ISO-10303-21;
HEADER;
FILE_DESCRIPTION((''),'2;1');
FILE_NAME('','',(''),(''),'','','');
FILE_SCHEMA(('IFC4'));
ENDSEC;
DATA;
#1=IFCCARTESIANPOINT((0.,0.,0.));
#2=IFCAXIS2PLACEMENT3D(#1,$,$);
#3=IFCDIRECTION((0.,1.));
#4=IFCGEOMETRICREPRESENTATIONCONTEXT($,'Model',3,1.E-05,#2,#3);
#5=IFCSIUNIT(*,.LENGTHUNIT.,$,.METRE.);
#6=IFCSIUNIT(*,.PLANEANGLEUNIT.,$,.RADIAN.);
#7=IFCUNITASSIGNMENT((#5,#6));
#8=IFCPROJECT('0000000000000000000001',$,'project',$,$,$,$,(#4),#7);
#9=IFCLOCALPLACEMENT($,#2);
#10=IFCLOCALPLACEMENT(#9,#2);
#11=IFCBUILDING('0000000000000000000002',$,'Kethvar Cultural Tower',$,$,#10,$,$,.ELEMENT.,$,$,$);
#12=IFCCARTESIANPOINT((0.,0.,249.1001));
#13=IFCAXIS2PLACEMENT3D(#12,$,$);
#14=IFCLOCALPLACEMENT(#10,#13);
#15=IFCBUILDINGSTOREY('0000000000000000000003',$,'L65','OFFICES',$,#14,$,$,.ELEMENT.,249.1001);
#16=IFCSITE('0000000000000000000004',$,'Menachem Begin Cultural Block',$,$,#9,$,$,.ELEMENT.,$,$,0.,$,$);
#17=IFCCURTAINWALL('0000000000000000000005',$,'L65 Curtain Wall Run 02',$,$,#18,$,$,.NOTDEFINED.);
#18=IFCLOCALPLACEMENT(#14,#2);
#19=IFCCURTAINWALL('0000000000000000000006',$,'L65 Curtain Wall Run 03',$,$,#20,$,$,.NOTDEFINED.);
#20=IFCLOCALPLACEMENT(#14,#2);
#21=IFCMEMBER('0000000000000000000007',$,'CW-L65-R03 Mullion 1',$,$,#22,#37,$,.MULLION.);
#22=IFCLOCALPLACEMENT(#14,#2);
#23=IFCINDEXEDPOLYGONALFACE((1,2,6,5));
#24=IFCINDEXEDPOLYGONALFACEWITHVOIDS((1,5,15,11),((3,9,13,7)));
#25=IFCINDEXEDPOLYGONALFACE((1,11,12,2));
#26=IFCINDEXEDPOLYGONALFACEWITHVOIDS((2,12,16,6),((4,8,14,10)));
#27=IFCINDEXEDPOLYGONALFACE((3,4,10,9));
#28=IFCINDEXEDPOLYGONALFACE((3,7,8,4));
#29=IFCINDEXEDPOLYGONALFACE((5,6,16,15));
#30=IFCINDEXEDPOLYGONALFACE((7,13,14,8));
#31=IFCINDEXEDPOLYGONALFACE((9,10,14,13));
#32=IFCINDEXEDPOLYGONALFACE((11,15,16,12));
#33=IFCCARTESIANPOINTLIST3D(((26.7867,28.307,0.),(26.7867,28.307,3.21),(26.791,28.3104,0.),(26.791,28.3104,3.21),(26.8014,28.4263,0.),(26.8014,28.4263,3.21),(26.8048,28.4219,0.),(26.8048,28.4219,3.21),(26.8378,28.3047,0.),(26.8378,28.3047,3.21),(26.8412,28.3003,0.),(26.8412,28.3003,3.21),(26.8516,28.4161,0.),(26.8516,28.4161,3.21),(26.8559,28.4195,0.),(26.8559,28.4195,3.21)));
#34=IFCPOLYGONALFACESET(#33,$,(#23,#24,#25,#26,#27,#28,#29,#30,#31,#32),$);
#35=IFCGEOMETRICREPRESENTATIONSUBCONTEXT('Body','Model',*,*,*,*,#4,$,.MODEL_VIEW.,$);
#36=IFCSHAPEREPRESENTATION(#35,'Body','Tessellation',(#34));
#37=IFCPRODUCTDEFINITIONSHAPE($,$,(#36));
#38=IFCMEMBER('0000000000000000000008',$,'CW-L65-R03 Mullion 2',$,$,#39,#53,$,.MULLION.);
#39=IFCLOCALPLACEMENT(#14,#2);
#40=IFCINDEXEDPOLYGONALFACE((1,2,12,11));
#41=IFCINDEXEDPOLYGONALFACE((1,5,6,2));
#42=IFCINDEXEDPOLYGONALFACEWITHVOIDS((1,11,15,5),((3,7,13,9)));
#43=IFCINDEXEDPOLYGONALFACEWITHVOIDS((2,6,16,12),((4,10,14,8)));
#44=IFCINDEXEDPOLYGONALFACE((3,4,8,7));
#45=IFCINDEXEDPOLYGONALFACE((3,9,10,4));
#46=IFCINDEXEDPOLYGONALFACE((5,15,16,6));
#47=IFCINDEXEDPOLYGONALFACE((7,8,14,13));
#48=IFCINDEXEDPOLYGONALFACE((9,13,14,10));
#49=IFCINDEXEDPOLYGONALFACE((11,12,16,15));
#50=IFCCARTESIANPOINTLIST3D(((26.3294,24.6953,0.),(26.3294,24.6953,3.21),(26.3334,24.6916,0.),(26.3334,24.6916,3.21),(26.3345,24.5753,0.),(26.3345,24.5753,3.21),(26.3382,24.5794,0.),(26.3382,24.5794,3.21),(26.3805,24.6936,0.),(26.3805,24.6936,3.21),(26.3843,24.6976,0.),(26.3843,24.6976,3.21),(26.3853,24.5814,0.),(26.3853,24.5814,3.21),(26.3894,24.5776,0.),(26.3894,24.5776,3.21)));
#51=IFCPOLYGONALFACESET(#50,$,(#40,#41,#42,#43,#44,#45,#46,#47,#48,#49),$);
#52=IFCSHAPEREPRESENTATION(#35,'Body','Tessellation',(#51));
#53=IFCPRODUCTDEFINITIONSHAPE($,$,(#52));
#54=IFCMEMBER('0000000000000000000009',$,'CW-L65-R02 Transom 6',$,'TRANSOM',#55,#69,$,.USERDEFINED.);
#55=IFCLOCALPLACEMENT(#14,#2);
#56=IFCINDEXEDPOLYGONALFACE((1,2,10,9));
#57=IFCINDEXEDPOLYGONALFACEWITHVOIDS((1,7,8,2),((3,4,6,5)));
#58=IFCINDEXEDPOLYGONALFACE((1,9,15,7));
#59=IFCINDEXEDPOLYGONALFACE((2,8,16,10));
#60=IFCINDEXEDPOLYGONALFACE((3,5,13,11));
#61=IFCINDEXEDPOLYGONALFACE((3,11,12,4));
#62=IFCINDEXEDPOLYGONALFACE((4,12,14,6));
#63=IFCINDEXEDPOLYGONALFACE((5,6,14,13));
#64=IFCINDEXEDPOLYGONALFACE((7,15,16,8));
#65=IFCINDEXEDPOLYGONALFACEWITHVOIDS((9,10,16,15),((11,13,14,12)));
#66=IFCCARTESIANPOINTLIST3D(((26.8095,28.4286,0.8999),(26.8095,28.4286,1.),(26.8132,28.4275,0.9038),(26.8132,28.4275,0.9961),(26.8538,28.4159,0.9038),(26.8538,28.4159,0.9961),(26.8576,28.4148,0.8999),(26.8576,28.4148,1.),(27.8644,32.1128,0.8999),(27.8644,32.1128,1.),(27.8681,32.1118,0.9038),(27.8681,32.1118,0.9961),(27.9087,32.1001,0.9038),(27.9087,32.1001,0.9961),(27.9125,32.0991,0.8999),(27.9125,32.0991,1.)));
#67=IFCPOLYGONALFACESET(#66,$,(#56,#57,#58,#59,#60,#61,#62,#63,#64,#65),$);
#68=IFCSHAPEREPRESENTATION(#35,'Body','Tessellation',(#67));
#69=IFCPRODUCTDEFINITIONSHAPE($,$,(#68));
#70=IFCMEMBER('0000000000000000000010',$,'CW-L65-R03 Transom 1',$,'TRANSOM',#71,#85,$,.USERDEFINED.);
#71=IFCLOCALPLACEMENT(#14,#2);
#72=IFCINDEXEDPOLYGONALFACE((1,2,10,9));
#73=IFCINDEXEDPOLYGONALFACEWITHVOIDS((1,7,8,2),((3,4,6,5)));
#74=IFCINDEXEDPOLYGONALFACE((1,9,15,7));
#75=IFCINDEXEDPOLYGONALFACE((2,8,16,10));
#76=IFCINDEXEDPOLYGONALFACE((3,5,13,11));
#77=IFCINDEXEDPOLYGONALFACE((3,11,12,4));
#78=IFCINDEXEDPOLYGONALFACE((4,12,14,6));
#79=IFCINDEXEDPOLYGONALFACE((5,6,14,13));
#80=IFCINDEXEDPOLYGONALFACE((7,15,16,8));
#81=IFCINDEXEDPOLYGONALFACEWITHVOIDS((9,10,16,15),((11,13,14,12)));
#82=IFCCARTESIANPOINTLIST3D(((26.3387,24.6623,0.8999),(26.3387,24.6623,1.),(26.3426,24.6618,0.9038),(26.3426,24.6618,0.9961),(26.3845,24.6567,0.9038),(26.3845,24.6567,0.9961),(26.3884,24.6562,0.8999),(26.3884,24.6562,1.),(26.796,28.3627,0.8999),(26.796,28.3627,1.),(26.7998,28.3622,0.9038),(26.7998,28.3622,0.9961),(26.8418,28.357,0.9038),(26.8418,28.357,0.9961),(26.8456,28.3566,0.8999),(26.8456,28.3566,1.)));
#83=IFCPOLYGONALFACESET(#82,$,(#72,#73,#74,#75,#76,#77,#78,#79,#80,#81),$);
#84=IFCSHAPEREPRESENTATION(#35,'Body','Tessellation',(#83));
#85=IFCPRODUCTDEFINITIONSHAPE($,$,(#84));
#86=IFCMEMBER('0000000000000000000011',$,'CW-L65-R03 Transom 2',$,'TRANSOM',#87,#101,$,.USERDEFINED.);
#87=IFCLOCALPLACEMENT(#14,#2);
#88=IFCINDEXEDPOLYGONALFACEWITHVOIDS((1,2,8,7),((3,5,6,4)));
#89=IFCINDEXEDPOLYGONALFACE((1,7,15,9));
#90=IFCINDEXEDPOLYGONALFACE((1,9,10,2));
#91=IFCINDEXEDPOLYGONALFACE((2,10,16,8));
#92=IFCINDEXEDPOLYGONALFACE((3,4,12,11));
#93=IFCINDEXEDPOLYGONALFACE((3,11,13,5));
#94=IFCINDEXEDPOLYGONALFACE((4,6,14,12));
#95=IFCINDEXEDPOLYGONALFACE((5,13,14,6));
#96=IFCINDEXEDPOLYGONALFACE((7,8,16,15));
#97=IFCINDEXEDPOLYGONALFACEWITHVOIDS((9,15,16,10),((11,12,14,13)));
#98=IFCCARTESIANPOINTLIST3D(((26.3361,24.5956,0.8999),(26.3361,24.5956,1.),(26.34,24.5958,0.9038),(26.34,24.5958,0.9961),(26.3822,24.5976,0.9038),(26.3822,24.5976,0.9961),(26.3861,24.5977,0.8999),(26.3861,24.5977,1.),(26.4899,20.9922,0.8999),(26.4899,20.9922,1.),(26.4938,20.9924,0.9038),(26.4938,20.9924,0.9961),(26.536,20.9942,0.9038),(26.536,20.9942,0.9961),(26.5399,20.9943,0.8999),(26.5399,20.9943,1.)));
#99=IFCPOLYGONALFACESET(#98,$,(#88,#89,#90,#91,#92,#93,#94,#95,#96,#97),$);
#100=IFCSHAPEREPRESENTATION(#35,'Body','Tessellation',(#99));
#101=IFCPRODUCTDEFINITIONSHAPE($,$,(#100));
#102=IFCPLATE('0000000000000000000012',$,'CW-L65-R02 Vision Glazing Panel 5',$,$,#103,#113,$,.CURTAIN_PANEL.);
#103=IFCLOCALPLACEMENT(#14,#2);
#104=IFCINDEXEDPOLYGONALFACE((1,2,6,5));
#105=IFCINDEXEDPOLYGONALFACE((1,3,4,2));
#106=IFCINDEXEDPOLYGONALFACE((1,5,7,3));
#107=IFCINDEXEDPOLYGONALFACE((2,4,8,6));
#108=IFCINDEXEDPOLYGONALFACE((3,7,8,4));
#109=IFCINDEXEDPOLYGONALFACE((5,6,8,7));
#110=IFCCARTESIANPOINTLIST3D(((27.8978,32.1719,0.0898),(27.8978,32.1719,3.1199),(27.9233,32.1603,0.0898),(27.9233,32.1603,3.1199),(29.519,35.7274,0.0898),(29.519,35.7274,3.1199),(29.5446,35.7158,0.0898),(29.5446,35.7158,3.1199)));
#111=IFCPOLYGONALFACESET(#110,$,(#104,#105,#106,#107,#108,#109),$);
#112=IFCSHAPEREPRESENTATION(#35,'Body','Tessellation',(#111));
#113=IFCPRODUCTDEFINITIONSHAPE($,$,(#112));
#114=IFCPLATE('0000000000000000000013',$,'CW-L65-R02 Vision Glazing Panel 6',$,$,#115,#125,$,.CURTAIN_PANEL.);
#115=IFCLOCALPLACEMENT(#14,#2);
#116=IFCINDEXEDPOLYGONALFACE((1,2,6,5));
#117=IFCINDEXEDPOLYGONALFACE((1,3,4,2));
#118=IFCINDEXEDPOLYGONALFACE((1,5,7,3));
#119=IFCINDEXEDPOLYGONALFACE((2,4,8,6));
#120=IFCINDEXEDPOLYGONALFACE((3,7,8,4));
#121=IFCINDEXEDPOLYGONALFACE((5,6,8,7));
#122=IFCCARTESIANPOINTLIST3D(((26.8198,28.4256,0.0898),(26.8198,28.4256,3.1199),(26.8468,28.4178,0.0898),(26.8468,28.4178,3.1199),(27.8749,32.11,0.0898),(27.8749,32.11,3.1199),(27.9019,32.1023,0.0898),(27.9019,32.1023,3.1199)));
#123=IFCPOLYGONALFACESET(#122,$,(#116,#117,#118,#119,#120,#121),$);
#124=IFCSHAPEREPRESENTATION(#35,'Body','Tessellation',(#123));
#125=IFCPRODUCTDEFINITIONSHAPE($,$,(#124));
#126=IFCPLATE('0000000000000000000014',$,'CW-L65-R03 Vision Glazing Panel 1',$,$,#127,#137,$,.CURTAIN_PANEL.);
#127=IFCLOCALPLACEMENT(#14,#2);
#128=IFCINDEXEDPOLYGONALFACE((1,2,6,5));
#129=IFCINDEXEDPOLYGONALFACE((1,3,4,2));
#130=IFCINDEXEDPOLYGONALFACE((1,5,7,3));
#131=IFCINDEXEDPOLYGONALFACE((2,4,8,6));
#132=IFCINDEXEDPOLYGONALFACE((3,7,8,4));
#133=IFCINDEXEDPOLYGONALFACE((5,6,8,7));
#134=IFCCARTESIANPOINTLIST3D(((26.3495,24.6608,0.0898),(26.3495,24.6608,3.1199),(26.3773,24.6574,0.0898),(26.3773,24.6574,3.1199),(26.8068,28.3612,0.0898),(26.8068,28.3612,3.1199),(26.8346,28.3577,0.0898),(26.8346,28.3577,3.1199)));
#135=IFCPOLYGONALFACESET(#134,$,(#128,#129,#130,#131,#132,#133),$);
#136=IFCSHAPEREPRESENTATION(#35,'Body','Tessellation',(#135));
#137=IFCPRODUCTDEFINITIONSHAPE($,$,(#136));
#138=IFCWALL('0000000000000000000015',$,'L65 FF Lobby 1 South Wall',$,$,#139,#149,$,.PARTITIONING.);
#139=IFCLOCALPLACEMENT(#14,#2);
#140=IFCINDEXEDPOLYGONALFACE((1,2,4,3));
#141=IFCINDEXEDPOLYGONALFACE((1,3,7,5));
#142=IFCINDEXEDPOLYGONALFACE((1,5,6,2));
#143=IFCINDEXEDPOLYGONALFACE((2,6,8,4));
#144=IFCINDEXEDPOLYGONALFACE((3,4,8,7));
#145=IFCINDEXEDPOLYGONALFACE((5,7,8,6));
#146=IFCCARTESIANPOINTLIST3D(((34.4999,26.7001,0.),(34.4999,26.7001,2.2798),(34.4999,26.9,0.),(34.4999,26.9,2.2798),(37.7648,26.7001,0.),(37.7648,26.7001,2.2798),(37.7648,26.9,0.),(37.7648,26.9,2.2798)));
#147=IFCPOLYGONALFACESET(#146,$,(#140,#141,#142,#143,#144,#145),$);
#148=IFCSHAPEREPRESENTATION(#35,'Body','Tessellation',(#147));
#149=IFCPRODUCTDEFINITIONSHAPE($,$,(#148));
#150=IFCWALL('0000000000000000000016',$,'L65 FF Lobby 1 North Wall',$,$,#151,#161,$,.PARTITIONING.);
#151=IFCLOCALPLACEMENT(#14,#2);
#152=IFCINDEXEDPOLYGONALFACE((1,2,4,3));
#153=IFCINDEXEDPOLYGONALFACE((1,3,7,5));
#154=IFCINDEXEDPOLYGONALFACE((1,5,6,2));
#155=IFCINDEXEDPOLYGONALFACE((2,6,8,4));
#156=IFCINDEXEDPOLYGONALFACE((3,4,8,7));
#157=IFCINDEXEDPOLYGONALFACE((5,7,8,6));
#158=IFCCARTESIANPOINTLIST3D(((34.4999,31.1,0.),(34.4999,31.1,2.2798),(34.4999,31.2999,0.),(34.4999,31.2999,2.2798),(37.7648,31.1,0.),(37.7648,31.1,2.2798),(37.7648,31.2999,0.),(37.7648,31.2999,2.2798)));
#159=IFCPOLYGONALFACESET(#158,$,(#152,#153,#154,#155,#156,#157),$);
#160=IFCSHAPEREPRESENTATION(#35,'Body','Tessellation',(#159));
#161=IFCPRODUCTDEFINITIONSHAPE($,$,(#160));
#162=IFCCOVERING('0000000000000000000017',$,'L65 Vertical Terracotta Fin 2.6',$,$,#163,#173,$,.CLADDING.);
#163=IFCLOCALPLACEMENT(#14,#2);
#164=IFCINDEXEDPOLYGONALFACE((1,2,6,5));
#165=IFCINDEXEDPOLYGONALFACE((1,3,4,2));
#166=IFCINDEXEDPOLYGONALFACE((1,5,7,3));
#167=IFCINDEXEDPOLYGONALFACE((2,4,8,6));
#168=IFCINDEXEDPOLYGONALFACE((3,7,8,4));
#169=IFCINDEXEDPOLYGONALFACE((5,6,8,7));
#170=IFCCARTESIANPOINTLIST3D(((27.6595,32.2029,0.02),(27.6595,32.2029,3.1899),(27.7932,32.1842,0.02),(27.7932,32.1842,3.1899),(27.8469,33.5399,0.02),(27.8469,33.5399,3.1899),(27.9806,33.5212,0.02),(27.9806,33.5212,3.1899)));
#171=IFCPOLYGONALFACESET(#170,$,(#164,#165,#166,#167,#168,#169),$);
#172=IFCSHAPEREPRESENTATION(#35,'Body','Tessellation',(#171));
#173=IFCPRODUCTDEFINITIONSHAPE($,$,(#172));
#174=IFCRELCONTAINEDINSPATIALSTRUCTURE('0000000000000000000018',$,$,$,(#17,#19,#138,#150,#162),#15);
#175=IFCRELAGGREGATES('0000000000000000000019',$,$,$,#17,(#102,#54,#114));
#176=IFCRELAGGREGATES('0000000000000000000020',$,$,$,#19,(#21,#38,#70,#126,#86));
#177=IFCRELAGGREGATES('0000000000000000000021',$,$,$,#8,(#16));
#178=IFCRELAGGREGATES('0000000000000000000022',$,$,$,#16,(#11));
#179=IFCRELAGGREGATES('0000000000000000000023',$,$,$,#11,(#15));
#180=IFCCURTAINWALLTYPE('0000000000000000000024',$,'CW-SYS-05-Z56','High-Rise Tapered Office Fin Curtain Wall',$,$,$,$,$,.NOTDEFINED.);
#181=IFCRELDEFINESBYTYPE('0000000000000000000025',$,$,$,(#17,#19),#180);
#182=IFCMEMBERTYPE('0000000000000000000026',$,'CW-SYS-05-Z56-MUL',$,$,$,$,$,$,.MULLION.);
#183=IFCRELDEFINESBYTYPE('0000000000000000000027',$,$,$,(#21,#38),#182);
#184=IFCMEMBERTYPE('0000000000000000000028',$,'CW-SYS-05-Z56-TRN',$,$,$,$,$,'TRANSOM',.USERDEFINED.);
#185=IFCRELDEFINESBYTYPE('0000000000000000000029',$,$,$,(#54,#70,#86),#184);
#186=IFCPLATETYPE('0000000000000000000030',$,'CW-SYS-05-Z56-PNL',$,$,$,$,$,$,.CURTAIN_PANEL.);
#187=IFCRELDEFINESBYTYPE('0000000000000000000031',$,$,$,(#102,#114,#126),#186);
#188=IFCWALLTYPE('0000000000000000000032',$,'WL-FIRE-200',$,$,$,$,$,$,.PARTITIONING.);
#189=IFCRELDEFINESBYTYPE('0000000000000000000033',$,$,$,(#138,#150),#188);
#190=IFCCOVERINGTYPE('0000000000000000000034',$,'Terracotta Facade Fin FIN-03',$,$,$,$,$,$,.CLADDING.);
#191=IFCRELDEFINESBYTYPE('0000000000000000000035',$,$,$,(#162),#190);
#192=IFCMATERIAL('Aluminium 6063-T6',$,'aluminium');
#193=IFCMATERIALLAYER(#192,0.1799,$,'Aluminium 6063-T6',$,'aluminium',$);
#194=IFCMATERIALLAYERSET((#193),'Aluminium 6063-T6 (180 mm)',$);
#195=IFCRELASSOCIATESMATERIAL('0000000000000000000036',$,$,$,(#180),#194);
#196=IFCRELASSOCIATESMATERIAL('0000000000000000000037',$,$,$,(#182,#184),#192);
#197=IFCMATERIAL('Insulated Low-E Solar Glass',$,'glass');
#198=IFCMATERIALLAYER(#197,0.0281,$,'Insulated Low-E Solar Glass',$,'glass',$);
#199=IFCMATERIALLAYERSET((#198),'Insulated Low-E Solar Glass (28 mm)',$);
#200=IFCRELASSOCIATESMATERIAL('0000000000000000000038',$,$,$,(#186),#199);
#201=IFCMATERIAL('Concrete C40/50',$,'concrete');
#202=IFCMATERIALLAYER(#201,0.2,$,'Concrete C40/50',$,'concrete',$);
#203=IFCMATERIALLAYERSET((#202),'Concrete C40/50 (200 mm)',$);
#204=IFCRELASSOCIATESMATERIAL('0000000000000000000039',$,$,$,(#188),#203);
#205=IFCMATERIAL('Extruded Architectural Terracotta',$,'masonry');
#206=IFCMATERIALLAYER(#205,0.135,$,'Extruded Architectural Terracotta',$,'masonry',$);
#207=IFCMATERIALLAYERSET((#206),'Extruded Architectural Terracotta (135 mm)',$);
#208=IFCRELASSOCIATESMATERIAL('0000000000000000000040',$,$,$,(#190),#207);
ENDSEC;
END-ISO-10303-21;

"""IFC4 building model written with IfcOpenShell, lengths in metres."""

from ifc_helpers import new_model, si_unit, direction, frame, frame_2d, origin, origin_2d, place, context, subcontext, project, spatial, rectangle, hollow_rectangle, extrude, source, transform, mapped, material, layer, layer_set, material_profile, profile_set, type_object, element, aggregate, save


model = new_model("IFC4")

# Units and contexts
model_context = context("Model", 3, precision=1e-05, world=origin(), true_north=direction((0.0, 1.0)))
body_context = subcontext(model_context, "Body", "Model", "MODEL_VIEW")
ifc_project = project(units=[si_unit("LENGTHUNIT", "METRE"), si_unit("PLANEANGLEUNIT", "RADIAN")], contexts=[model_context])

# Site, building, storey
site_placement = place(None, origin())
site = spatial("IfcSite", under=ifc_project, at=site_placement, Name="Menachem Begin Cultural Block", CompositionType="ELEMENT", RefElevation=0.0)
building_placement = place(site_placement, origin())
building = spatial("IfcBuilding", under=site, at=building_placement, Name="Kethvar Cultural Tower", CompositionType="ELEMENT")
storey_placement = place(building_placement, frame((0.0, 0.0, 249.1001)))
storey = spatial("IfcBuildingStorey", under=building, at=storey_placement, Name="L65", Description="OFFICES", CompositionType="ELEMENT", Elevation=249.1001)

# Curtain walls, members
ifc_material_1 = material(Name="Aluminium 6063-T6", Category="aluminium")
ifc_layer_1 = layer(ifc_material_1, 0.1799, Name="Aluminium 6063-T6", Category="aluminium")
ifc_layer_set_1 = layer_set([ifc_layer_1], Name="Aluminium 6063-T6 (180 mm)")
curtain_wall_type = type_object("IfcCurtainWallType", Name="CW-SYS-05-Z56", Description="High-Rise Tapered Office Fin Curtain Wall", PredefinedType="NOTDEFINED", material=ifc_layer_set_1)
curtain_wall_1_placement = place(storey_placement, origin())
curtain_wall_1 = element("IfcCurtainWall", 1, at=curtain_wall_1_placement, inside=storey, type_object=curtain_wall_type, Name="L65 Curtain Wall Run 02", PredefinedType="NOTDEFINED")
ifc_material_profile_1 = material_profile(ifc_material_1, hollow_rectangle(XDim=0.0549, YDim=0.1201, WallThickness=0.0039, at=origin_2d()), Name="Aluminium 6063-T6 — RHS120x55x4")
ifc_profile_set_1 = profile_set([ifc_material_profile_1], Name="Aluminium 6063-T6 — RHS120x55x4")
member_type_1 = type_object("IfcMemberType", Name="CW-SYS-05-Z56-MUL", PredefinedType="MULLION", material=ifc_profile_set_1)
shared_shape_1 = source(origin(), body_context, "Body", "SweptSolid", [
    extrude(hollow_rectangle(XDim=0.0549, YDim=0.1201, WallThickness=0.0039, at=origin_2d()), origin(), (0.0, 0.0, 1.0), 3.21),
])
curtain_wall_2_placement = place(storey_placement, origin())
curtain_wall_2 = element("IfcCurtainWall", 2, at=curtain_wall_2_placement, inside=storey, type_object=curtain_wall_type, Name="L65 Curtain Wall Run 03", PredefinedType="NOTDEFINED")
member_1_placement = place(storey_placement, frame((26.8213, 28.3633, 0.0), z_axis=(0.0, 0.0, 1.0), x_axis=(0.99245, -0.122649, 0.0)))
member_1 = element("IfcMember", 3, at=member_1_placement, type_object=member_type_1, Name="CW-L65-R03 Mullion 1", PredefinedType="MULLION", context=body_context, shape_type="MappedRepresentation", body=[
    mapped(shared_shape_1, transform((0.0, 0.0, 0.0), scale=1.0)),
])
member_2_placement = place(storey_placement, frame((26.3594, 24.6365, 0.0), z_axis=(0.0, 0.0, 1.0), x_axis=(0.99909, 0.042643, 0.0)))
member_2 = element("IfcMember", 4, at=member_2_placement, type_object=member_type_1, Name="CW-L65-R03 Mullion 2", PredefinedType="MULLION", context=body_context, shape_type="MappedRepresentation", body=[
    mapped(shared_shape_1, transform((0.0, 0.0, 0.0), scale=1.0)),
])

# Members
ifc_material_profile_2 = material_profile(ifc_material_1, hollow_rectangle(XDim=0.05, YDim=0.1001, WallThickness=0.0039, at=origin_2d()), Name="Aluminium 6063-T6 — RHS100x50x4")
ifc_profile_set_2 = profile_set([ifc_material_profile_2], Name="Aluminium 6063-T6 — RHS100x50x4")
member_type_2 = type_object("IfcMemberType", Name="CW-SYS-05-Z56-TRN", ElementType="TRANSOM", PredefinedType="USERDEFINED", material=ifc_profile_set_2)
shared_shape_2 = source(origin(), body_context, "Body", "SweptSolid", [
    extrude(hollow_rectangle(XDim=0.05, YDim=0.1001, WallThickness=0.0039, at=origin_2d()), origin(), (0.0, 0.0, 1.0), 3.8323),
])
member_3_placement = place(storey_placement, frame((27.8884, 32.106, 0.95), z_axis=(-0.275268, -0.961368, 0.0), x_axis=(0.961368, -0.275268, 0.0)))
member_3 = element("IfcMember", 5, at=member_3_placement, type_object=member_type_2, Name="CW-L65-R02 Transom 6", ObjectType="TRANSOM", PredefinedType="USERDEFINED", context=body_context, shape_type="MappedRepresentation", body=[
    mapped(shared_shape_2, transform((0.0, 0.0, 0.0), scale=1.0)),
])
shared_shape_3 = source(origin(), body_context, "Body", "SweptSolid", [
    extrude(hollow_rectangle(XDim=0.05, YDim=0.1001, WallThickness=0.0039, at=origin_2d()), origin(), (0.0, 0.0, 1.0), 3.7285),
])
member_4_placement = place(storey_placement, frame((26.8208, 28.3596, 0.95), z_axis=(-0.12264, -0.992451, 0.0), x_axis=(0.992451, -0.12264, 0.0)))
member_4 = element("IfcMember", 6, at=member_4_placement, type_object=member_type_2, Name="CW-L65-R03 Transom 1", ObjectType="TRANSOM", PredefinedType="USERDEFINED", context=body_context, shape_type="MappedRepresentation", body=[
    mapped(shared_shape_3, transform((0.0, 0.0, 0.0), scale=1.0)),
])
shared_shape_4 = source(origin(), body_context, "Body", "SweptSolid", [
    extrude(hollow_rectangle(XDim=0.05, YDim=0.1001, WallThickness=0.0039, at=origin_2d()), origin(), (0.0, 0.0, 1.0), 3.6067),
])
member_5_placement = place(storey_placement, frame((26.3611, 24.5967, 0.95), z_axis=(0.042644, -0.99909, 0.0), x_axis=(0.99909, 0.042644, 0.0)))
member_5 = element("IfcMember", 7, at=member_5_placement, type_object=member_type_2, Name="CW-L65-R03 Transom 2", ObjectType="TRANSOM", PredefinedType="USERDEFINED", context=body_context, shape_type="MappedRepresentation", body=[
    mapped(shared_shape_4, transform((0.0, 0.0, 0.0), scale=1.0)),
])

# Plates
ifc_material_2 = material(Name="Insulated Low-E Solar Glass", Category="glass")
ifc_layer_2 = layer(ifc_material_2, 0.0281, Name="Insulated Low-E Solar Glass", Category="glass")
ifc_layer_set_2 = layer_set([ifc_layer_2], Name="Insulated Low-E Solar Glass (28 mm)")
plate_type = type_object("IfcPlateType", Name="CW-SYS-05-Z56-PNL", PredefinedType="CURTAIN_PANEL", material=ifc_layer_set_2)
shared_shape_5 = source(origin(), body_context, "Body", "SweptSolid", [
    extrude(rectangle(XDim=3.9077, YDim=0.0281, at=origin_2d()), origin(), (0.0, 0.0, 1.0), 3.03),
])
plate_1_placement = place(storey_placement, frame((28.7212, 33.9438, 0.0898), z_axis=(0.0, 0.0, 1.0), x_axis=(-0.414884, -0.909874, 0.0)))
plate_1 = element("IfcPlate", 8, at=plate_1_placement, type_object=plate_type, Name="CW-L65-R02 Vision Glazing Panel 5", PredefinedType="CURTAIN_PANEL", context=body_context, shape_type="MappedRepresentation", body=[
    mapped(shared_shape_5, transform((0.0, 0.0, 0.0), scale=1.0)),
])
shared_shape_6 = source(origin(), body_context, "Body", "SweptSolid", [
    extrude(rectangle(XDim=3.8325, YDim=0.0281, at=origin_2d()), origin(), (0.0, 0.0, 1.0), 3.03),
])
plate_2_placement = place(storey_placement, frame((27.3608, 30.2639, 0.0898), z_axis=(0.0, 0.0, 1.0), x_axis=(-0.275285, -0.961363, 0.0)))
plate_2 = element("IfcPlate", 9, at=plate_2_placement, type_object=plate_type, Name="CW-L65-R02 Vision Glazing Panel 6", PredefinedType="CURTAIN_PANEL", context=body_context, shape_type="MappedRepresentation", body=[
    mapped(shared_shape_6, transform((0.0, 0.0, 0.0), scale=1.0)),
])
aggregate(curtain_wall_1, [plate_1, member_3, plate_2])
shared_shape_7 = source(origin(), body_context, "Body", "SweptSolid", [
    extrude(rectangle(XDim=3.7285, YDim=0.0281, at=origin_2d()), origin(), (0.0, 0.0, 1.0), 3.03),
])
plate_3_placement = place(storey_placement, frame((26.592, 26.5093, 0.0898), z_axis=(0.0, 0.0, 1.0), x_axis=(-0.122649, -0.99245, 0.0)))
plate_3 = element("IfcPlate", 10, at=plate_3_placement, type_object=plate_type, Name="CW-L65-R03 Vision Glazing Panel 1", PredefinedType="CURTAIN_PANEL", context=body_context, shape_type="MappedRepresentation", body=[
    mapped(shared_shape_7, transform((0.0, 0.0, 0.0), scale=1.0)),
])
aggregate(curtain_wall_2, [member_1, member_2, member_4, plate_3, member_5])

# Shared definitions
ifc_material_3 = material(Name="Concrete C40/50", Category="concrete")
ifc_layer_3 = layer(ifc_material_3, 0.2, Name="Concrete C40/50", Category="concrete")
ifc_layer_set_3 = layer_set([ifc_layer_3], Name="Concrete C40/50 (200 mm)")
wall_type = type_object("IfcWallType", Name="WL-FIRE-200", PredefinedType="PARTITIONING", material=ifc_layer_set_3)

# Walls
for number, where, z_axis, x_axis, name in (
    (11, (34.5, 26.8, 0.0), (0.0, 0.0, 1.0), (1.0, 0.0, 0.0), "L65 FF Lobby 1 South Wall"),
    (12, (34.5, 31.2, 0.0), (0.0, 0.0, 1.0), (1.0, 0.0, 0.0), "L65 FF Lobby 1 North Wall"),
):
    element("IfcWall", number, at=place(storey_placement, frame(where, z_axis=z_axis, x_axis=x_axis)), inside=storey, type_object=wall_type, Name=name, PredefinedType="PARTITIONING", context=body_context, shape_type="SweptSolid", body=[
        extrude(rectangle(XDim=3.2649, YDim=0.2, at=frame_2d((1.6323, 0.0))), origin(), (0.0, 0.0, 1.0), 2.2798),
    ])

# Covering
ifc_material_4 = material(Name="Extruded Architectural Terracotta", Category="masonry")
ifc_layer_4 = layer(ifc_material_4, 0.135, Name="Extruded Architectural Terracotta", Category="masonry")
ifc_layer_set_4 = layer_set([ifc_layer_4], Name="Extruded Architectural Terracotta (135 mm)")
covering_type = type_object("IfcCoveringType", Name="Terracotta Facade Fin FIN-03", PredefinedType="CLADDING", material=ifc_layer_set_4)
shared_shape_8 = source(origin(), body_context, "Body", "SweptSolid", [
    extrude(rectangle(XDim=1.3501, YDim=0.135, at=origin_2d()), origin(), (0.0, 0.0, 1.0), 3.1699),
])
for number, where, z_axis, x_axis, name in (
    (13, (27.8201, 32.8621, 0.02), (0.0, 0.0, 1.0), (0.138827, 0.990317, 0.0), "L65 Vertical Terracotta Fin 2.6"),
):
    element("IfcCovering", number, at=place(storey_placement, frame(where, z_axis=z_axis, x_axis=x_axis)), inside=storey, type_object=covering_type, Name=name, PredefinedType="CLADDING", context=body_context, shape_type="MappedRepresentation", body=[
        mapped(shared_shape_8, transform((0.0, 0.0, 0.0), scale=1.0)),
    ])

save(model, "model.ifc")
